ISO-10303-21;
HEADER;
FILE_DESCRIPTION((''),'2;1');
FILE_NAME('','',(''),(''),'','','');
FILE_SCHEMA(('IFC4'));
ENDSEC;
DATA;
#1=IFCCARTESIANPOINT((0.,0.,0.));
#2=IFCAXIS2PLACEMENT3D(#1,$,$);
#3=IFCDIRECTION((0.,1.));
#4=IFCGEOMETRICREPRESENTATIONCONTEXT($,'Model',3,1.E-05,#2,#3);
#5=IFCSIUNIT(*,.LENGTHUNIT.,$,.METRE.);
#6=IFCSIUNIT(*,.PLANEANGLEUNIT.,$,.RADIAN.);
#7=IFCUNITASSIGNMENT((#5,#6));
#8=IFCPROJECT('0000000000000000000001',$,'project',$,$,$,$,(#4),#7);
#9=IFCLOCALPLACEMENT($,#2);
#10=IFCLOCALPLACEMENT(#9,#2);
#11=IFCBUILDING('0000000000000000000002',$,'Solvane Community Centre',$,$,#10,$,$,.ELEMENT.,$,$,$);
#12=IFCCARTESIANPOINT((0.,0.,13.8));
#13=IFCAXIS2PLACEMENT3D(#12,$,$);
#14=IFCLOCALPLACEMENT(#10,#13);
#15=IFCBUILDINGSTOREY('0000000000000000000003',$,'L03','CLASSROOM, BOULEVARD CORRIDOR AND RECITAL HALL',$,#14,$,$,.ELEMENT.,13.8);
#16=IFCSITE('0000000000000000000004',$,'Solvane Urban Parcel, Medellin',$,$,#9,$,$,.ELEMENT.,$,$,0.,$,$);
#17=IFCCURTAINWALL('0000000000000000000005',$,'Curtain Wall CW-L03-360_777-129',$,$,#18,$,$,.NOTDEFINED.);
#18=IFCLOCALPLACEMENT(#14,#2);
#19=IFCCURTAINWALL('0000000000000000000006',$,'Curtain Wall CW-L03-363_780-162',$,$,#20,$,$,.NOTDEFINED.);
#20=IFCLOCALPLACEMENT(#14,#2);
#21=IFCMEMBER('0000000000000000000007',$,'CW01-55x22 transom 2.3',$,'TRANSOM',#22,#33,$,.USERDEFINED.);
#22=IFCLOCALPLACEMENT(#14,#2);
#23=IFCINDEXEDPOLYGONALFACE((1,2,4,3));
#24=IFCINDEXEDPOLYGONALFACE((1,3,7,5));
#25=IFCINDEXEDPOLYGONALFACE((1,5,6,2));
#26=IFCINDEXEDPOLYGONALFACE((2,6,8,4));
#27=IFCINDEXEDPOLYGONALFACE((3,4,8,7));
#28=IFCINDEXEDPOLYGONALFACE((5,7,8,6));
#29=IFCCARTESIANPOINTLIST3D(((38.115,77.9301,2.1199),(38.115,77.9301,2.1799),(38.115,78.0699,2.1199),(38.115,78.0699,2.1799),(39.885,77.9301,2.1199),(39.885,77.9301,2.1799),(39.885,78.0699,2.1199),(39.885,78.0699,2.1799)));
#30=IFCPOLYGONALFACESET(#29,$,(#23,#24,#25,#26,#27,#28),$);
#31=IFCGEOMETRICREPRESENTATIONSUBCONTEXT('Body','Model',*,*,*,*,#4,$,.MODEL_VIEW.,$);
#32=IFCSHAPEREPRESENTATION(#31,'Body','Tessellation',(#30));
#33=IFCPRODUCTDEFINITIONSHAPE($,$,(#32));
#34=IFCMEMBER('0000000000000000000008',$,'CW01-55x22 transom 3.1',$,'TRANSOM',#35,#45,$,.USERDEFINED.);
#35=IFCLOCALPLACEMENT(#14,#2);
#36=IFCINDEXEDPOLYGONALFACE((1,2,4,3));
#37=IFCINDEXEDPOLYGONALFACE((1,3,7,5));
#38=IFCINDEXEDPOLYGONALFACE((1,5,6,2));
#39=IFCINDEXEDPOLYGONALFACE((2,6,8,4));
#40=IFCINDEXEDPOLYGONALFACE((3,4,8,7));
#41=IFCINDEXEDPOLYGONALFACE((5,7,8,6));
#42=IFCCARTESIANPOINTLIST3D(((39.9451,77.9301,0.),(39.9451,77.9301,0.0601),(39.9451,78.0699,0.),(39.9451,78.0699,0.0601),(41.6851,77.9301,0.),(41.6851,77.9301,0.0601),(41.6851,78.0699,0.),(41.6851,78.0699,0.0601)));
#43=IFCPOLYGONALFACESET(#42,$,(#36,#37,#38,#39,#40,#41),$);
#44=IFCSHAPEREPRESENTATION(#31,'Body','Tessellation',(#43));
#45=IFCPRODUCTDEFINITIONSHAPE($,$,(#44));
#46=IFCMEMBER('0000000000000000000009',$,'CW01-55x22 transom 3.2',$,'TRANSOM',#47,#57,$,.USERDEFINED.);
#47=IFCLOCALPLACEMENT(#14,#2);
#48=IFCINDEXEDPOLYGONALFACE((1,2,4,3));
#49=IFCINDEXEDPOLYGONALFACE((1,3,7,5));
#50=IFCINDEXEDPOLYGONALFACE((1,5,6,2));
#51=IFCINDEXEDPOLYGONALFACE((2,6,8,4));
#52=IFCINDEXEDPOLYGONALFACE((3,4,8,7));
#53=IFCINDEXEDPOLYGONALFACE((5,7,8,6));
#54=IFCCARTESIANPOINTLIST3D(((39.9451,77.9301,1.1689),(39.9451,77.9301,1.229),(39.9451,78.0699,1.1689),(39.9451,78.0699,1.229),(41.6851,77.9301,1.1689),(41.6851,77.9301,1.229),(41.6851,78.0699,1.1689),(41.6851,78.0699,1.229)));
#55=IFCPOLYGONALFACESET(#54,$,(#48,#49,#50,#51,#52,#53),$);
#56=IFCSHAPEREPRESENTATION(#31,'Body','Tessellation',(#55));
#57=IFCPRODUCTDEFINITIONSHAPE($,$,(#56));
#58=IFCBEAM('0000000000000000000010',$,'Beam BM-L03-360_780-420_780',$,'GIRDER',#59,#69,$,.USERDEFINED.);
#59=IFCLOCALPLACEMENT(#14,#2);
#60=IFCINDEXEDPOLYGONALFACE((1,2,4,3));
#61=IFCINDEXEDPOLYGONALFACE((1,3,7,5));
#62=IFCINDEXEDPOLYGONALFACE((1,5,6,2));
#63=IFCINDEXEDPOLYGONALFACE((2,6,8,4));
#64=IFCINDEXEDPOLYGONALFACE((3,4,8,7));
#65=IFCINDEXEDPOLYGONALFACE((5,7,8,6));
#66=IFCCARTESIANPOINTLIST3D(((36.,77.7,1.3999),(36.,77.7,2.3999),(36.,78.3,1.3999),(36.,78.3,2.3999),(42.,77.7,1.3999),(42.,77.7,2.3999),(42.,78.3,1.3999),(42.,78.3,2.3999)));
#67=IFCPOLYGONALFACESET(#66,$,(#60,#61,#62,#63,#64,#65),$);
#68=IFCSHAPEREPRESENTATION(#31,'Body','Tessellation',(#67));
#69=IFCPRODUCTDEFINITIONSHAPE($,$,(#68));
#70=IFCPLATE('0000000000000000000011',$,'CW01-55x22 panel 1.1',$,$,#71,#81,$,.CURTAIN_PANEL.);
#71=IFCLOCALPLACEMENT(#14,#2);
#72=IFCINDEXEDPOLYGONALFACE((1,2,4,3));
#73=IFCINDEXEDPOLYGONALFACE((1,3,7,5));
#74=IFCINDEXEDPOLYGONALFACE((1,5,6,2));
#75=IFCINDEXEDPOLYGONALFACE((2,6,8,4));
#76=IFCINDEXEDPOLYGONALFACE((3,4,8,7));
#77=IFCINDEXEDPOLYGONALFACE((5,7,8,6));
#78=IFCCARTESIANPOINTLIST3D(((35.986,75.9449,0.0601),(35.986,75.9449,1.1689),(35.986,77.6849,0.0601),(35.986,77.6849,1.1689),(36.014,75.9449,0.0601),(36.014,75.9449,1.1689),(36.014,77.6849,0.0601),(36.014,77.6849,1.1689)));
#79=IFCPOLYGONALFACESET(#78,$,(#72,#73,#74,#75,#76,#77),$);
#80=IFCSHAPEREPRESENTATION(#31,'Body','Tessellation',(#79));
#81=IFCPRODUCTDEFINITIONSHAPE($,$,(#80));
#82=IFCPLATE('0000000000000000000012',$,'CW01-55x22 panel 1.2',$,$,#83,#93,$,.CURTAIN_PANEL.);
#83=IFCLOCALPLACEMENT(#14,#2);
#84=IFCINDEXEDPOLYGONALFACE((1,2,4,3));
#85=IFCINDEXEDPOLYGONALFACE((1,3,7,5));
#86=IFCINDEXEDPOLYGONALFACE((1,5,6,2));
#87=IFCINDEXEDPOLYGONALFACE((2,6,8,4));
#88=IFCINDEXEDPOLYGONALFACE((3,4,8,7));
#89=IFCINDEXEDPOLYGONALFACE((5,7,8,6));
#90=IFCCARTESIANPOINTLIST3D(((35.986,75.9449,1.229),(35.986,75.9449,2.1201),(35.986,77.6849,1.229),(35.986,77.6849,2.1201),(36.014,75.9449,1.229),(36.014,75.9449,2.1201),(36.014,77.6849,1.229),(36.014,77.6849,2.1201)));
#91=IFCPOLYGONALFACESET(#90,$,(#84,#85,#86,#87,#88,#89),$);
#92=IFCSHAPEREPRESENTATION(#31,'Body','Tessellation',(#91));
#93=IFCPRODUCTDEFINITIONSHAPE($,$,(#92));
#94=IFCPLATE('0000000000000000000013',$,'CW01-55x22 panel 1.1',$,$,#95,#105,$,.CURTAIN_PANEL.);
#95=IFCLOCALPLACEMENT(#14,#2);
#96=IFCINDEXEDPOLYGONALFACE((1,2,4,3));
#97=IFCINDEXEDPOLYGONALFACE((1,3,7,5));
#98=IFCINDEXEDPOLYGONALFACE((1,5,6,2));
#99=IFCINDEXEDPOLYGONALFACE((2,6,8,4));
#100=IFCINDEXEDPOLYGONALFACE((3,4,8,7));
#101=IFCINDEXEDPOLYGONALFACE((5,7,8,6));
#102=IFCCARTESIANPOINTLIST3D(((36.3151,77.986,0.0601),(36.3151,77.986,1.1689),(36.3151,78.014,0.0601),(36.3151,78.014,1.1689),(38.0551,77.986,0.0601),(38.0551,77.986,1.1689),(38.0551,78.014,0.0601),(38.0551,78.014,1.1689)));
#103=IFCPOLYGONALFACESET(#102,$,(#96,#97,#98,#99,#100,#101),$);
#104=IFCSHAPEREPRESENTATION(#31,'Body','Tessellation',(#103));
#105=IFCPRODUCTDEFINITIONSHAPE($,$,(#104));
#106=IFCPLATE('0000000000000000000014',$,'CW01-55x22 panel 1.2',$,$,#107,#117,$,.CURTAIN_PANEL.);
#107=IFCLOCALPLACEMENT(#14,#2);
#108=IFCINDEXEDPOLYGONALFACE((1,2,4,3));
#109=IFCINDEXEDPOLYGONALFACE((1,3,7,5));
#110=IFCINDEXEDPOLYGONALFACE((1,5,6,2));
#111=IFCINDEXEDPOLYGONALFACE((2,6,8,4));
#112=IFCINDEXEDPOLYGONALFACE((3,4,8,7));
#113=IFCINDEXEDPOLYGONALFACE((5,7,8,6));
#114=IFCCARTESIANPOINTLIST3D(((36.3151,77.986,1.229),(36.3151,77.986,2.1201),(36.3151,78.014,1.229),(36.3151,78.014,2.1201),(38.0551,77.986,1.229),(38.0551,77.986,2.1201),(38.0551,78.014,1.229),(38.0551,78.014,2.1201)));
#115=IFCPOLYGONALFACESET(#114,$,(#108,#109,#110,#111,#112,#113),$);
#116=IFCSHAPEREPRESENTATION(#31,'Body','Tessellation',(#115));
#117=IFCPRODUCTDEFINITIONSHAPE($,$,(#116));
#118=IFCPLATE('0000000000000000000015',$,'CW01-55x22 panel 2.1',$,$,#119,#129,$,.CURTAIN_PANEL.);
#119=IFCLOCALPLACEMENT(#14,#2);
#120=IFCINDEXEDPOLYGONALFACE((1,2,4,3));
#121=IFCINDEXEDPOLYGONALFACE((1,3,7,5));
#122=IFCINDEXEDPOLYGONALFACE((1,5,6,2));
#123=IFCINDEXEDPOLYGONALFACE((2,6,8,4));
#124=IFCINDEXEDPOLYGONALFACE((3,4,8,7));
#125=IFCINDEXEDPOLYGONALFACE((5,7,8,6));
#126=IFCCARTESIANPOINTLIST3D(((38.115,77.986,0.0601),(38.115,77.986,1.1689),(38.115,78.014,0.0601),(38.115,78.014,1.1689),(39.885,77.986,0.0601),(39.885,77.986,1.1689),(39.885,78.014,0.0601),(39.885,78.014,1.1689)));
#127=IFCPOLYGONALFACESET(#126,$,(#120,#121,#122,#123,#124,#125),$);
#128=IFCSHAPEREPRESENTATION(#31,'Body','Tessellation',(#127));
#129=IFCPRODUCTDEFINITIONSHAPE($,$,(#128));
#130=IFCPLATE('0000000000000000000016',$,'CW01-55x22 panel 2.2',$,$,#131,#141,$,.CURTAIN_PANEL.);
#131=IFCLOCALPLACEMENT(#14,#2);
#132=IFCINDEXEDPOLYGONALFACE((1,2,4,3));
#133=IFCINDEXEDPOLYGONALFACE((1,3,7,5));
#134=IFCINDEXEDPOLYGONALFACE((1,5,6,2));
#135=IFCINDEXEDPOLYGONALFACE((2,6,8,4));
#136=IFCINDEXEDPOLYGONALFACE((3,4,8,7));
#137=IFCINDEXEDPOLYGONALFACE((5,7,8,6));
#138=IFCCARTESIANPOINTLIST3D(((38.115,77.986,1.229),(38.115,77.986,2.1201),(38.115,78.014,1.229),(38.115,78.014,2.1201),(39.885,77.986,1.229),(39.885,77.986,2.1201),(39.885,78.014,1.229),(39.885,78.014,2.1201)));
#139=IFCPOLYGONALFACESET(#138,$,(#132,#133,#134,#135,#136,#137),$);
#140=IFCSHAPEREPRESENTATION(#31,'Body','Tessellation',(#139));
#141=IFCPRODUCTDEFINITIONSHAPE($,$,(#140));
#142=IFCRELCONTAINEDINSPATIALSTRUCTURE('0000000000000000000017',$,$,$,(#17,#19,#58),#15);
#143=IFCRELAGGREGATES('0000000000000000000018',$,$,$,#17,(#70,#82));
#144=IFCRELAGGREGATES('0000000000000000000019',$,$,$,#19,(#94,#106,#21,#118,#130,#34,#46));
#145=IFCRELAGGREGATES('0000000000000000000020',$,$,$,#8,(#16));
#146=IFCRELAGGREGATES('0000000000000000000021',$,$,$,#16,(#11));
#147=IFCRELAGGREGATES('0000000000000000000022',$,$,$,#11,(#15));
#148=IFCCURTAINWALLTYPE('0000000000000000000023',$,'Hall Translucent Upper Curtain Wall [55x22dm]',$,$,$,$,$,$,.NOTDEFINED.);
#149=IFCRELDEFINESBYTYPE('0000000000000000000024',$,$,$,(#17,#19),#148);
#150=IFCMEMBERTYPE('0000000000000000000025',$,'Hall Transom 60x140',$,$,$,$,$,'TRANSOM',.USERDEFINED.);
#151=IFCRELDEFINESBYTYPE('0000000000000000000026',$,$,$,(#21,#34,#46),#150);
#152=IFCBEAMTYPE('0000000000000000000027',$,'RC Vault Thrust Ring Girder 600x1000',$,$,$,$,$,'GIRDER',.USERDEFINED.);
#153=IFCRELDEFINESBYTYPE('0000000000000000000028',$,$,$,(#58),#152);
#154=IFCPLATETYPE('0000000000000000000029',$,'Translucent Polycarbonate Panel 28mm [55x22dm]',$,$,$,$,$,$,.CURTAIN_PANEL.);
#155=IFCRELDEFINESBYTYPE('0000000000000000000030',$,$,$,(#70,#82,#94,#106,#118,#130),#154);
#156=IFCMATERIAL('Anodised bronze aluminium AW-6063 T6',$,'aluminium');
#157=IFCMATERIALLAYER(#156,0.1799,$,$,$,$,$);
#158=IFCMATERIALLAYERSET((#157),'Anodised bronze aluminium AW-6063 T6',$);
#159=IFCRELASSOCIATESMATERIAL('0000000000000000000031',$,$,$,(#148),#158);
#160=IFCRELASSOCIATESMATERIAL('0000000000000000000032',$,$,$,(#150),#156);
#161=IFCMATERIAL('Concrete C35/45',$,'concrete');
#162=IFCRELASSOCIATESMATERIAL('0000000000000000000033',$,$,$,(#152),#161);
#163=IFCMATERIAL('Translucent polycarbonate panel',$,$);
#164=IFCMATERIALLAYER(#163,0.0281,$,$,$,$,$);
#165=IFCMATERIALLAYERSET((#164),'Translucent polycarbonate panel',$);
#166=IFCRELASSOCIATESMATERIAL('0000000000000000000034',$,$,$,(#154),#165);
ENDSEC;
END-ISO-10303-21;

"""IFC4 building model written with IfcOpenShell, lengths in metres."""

from ifc_helpers import new_model, si_unit, direction, frame, origin, origin_2d, place, context, subcontext, project, spatial, rectangle, extrude, material, layer, layer_set, material_profile, profile_set, type_object, element, aggregate, save


model = new_model("IFC4")

# Units and contexts
model_context = context("Model", 3, precision=1e-05, world=origin(), true_north=direction((0.0, 1.0)))
body_context = subcontext(model_context, "Body", "Model", "MODEL_VIEW")
ifc_project = project(units=[si_unit("LENGTHUNIT", "METRE"), si_unit("PLANEANGLEUNIT", "RADIAN")], contexts=[model_context])

# Site, building, storey
site_placement = place(None, origin())
site = spatial("IfcSite", under=ifc_project, at=site_placement, Name="Solvane Urban Parcel, Medellin", CompositionType="ELEMENT", RefElevation=0.0)
building_placement = place(site_placement, origin())
building = spatial("IfcBuilding", under=site, at=building_placement, Name="Solvane Community Centre", CompositionType="ELEMENT")
storey_placement = place(building_placement, frame((0.0, 0.0, 13.8)))
storey = spatial("IfcBuildingStorey", under=building, at=storey_placement, Name="L03", Description="CLASSROOM, BOULEVARD CORRIDOR AND RECITAL HALL", CompositionType="ELEMENT", Elevation=13.8)

# Curtain walls
ifc_material_1 = material(Name="Anodised bronze aluminium AW-6063 T6", Category="aluminium")
ifc_layer_1 = layer(ifc_material_1, 0.1799)
ifc_layer_set_1 = layer_set([ifc_layer_1], Name="Anodised bronze aluminium AW-6063 T6")
curtain_wall_type = type_object("IfcCurtainWallType", Name="Hall Translucent Upper Curtain Wall [55x22dm]", PredefinedType="NOTDEFINED", material=ifc_layer_set_1)
curtain_wall_1_placement = place(storey_placement, origin())
curtain_wall_1 = element("IfcCurtainWall", 1, at=curtain_wall_1_placement, inside=storey, type_object=curtain_wall_type, Name="Curtain Wall CW-L03-360_777-129", PredefinedType="NOTDEFINED")
curtain_wall_2_placement = place(storey_placement, origin())
curtain_wall_2 = element("IfcCurtainWall", 2, at=curtain_wall_2_placement, inside=storey, type_object=curtain_wall_type, Name="Curtain Wall CW-L03-363_780-162", PredefinedType="NOTDEFINED")

# Members
ifc_material_profile_1 = material_profile(ifc_material_1, rectangle(XDim=0.1399, YDim=0.0601, at=origin_2d()), Name="CW-T 60x140")
ifc_profile_set_1 = profile_set([ifc_material_profile_1], Name="Anodised bronze aluminium AW-6063 T6")
member_type_1 = type_object("IfcMemberType", Name="Hall Transom 60x140", ElementType="TRANSOM", PredefinedType="USERDEFINED", material=ifc_profile_set_1)
member_1_placement = place(storey_placement, frame((38.115, 78.0, 2.1499), z_axis=(1.0, 0.0, 0.0), x_axis=(0.0, 1.0, 0.0)))
member_1 = element("IfcMember", 3, at=member_1_placement, type_object=member_type_1, Name="CW01-55x22 transom 2.3", ObjectType="TRANSOM", PredefinedType="USERDEFINED", context=body_context, shape_type="SweptSolid", body=[
    extrude(rectangle(XDim=0.1399, YDim=0.0601, at=origin_2d()), origin(), (0.0, 0.0, 1.0), 1.77),
])
member_2_placement = place(storey_placement, frame((39.9451, 78.0, 0.03), z_axis=(1.0, 0.0, 0.0), x_axis=(0.0, 1.0, 0.0)))
member_2 = element("IfcMember", 4, at=member_2_placement, type_object=member_type_1, Name="CW01-55x22 transom 3.1", ObjectType="TRANSOM", PredefinedType="USERDEFINED", context=body_context, shape_type="SweptSolid", body=[
    extrude(rectangle(XDim=0.1399, YDim=0.0601, at=origin_2d()), origin(), (0.0, 0.0, 1.0), 1.74),
])
member_3_placement = place(storey_placement, frame((39.9451, 78.0, 1.199), z_axis=(1.0, 0.0, 0.0), x_axis=(0.0, 1.0, 0.0)))
member_3 = element("IfcMember", 5, at=member_3_placement, type_object=member_type_1, Name="CW01-55x22 transom 3.2", ObjectType="TRANSOM", PredefinedType="USERDEFINED", context=body_context, shape_type="SweptSolid", body=[
    extrude(rectangle(XDim=0.1399, YDim=0.0601, at=origin_2d()), origin(), (0.0, 0.0, 1.0), 1.74),
])

# Beam
ifc_material_2 = material(Name="Concrete C35/45", Category="concrete")
ifc_material_profile_2 = material_profile(ifc_material_2, rectangle(XDim=0.6001, YDim=1.0, at=origin_2d()), Name="RC 600x1000")
ifc_profile_set_2 = profile_set([ifc_material_profile_2], Name="Concrete C35/45")
beam_type = type_object("IfcBeamType", Name="RC Vault Thrust Ring Girder 600x1000", ElementType="GIRDER", PredefinedType="USERDEFINED", material=ifc_profile_set_2)
beam_placement = place(storey_placement, frame((36.0, 78.0, 1.8999), z_axis=(1.0, 0.0, 0.0), x_axis=(0.0, 1.0, 0.0)))
element("IfcBeam", 6, at=beam_placement, inside=storey, type_object=beam_type, Name="Beam BM-L03-360_780-420_780", ObjectType="GIRDER", PredefinedType="USERDEFINED", context=body_context, shape_type="SweptSolid", body=[
    extrude(rectangle(XDim=0.6001, YDim=1.0, at=origin_2d()), origin(), (0.0, 0.0, 1.0), 6.0),
])

# Plates
ifc_material_3 = material(Name="Translucent polycarbonate panel")
ifc_layer_2 = layer(ifc_material_3, 0.0281)
ifc_layer_set_2 = layer_set([ifc_layer_2], Name="Translucent polycarbonate panel")
plate_type = type_object("IfcPlateType", Name="Translucent Polycarbonate Panel 28mm [55x22dm]", PredefinedType="CURTAIN_PANEL", material=ifc_layer_set_2)
plate_1_placement = place(storey_placement, frame((36.0, 76.8149, 0.0601), z_axis=(0.0, 0.0, 1.0), x_axis=(0.0, -1.0, 0.0)))
plate_1 = element("IfcPlate", 7, at=plate_1_placement, type_object=plate_type, Name="CW01-55x22 panel 1.1", PredefinedType="CURTAIN_PANEL", context=body_context, shape_type="SweptSolid", body=[
    extrude(rectangle(XDim=1.74, YDim=0.0281, at=origin_2d()), origin(), (0.0, 0.0, 1.0), 1.1089),
])
plate_2_placement = place(storey_placement, frame((36.0, 76.8149, 1.229), z_axis=(0.0, 0.0, 1.0), x_axis=(0.0, -1.0, 0.0)))
plate_2 = element("IfcPlate", 8, at=plate_2_placement, type_object=plate_type, Name="CW01-55x22 panel 1.2", PredefinedType="CURTAIN_PANEL", context=body_context, shape_type="SweptSolid", body=[
    extrude(rectangle(XDim=1.74, YDim=0.0281, at=origin_2d()), origin(), (0.0, 0.0, 1.0), 0.8911),
])
aggregate(curtain_wall_1, [plate_1, plate_2])
plate_3_placement = place(storey_placement, frame((37.1851, 78.0, 0.0601), z_axis=(0.0, 0.0, 1.0), x_axis=(1.0, 0.0, 0.0)))
plate_3 = element("IfcPlate", 9, at=plate_3_placement, type_object=plate_type, Name="CW01-55x22 panel 1.1", PredefinedType="CURTAIN_PANEL", context=body_context, shape_type="SweptSolid", body=[
    extrude(rectangle(XDim=1.74, YDim=0.0281, at=origin_2d()), origin(), (0.0, 0.0, 1.0), 1.1089),
])
plate_4_placement = place(storey_placement, frame((37.1851, 78.0, 1.229), z_axis=(0.0, 0.0, 1.0), x_axis=(1.0, 0.0, 0.0)))
plate_4 = element("IfcPlate", 10, at=plate_4_placement, type_object=plate_type, Name="CW01-55x22 panel 1.2", PredefinedType="CURTAIN_PANEL", context=body_context, shape_type="SweptSolid", body=[
    extrude(rectangle(XDim=1.74, YDim=0.0281, at=origin_2d()), origin(), (0.0, 0.0, 1.0), 0.8911),
])
plate_5_placement = place(storey_placement, frame((39.0, 78.0, 0.0601), z_axis=(0.0, 0.0, 1.0), x_axis=(1.0, 0.0, 0.0)))
plate_5 = element("IfcPlate", 11, at=plate_5_placement, type_object=plate_type, Name="CW01-55x22 panel 2.1", PredefinedType="CURTAIN_PANEL", context=body_context, shape_type="SweptSolid", body=[
    extrude(rectangle(XDim=1.77, YDim=0.0281, at=origin_2d()), origin(), (0.0, 0.0, 1.0), 1.1089),
])
plate_6_placement = place(storey_placement, frame((39.0, 78.0, 1.229), z_axis=(0.0, 0.0, 1.0), x_axis=(1.0, 0.0, 0.0)))
plate_6 = element("IfcPlate", 12, at=plate_6_placement, type_object=plate_type, Name="CW01-55x22 panel 2.2", PredefinedType="CURTAIN_PANEL", context=body_context, shape_type="SweptSolid", body=[
    extrude(rectangle(XDim=1.77, YDim=0.0281, at=origin_2d()), origin(), (0.0, 0.0, 1.0), 0.8911),
])
aggregate(curtain_wall_2, [plate_3, plate_4, member_1, plate_5, plate_6, member_2, member_3])

save(model, "model.ifc")
